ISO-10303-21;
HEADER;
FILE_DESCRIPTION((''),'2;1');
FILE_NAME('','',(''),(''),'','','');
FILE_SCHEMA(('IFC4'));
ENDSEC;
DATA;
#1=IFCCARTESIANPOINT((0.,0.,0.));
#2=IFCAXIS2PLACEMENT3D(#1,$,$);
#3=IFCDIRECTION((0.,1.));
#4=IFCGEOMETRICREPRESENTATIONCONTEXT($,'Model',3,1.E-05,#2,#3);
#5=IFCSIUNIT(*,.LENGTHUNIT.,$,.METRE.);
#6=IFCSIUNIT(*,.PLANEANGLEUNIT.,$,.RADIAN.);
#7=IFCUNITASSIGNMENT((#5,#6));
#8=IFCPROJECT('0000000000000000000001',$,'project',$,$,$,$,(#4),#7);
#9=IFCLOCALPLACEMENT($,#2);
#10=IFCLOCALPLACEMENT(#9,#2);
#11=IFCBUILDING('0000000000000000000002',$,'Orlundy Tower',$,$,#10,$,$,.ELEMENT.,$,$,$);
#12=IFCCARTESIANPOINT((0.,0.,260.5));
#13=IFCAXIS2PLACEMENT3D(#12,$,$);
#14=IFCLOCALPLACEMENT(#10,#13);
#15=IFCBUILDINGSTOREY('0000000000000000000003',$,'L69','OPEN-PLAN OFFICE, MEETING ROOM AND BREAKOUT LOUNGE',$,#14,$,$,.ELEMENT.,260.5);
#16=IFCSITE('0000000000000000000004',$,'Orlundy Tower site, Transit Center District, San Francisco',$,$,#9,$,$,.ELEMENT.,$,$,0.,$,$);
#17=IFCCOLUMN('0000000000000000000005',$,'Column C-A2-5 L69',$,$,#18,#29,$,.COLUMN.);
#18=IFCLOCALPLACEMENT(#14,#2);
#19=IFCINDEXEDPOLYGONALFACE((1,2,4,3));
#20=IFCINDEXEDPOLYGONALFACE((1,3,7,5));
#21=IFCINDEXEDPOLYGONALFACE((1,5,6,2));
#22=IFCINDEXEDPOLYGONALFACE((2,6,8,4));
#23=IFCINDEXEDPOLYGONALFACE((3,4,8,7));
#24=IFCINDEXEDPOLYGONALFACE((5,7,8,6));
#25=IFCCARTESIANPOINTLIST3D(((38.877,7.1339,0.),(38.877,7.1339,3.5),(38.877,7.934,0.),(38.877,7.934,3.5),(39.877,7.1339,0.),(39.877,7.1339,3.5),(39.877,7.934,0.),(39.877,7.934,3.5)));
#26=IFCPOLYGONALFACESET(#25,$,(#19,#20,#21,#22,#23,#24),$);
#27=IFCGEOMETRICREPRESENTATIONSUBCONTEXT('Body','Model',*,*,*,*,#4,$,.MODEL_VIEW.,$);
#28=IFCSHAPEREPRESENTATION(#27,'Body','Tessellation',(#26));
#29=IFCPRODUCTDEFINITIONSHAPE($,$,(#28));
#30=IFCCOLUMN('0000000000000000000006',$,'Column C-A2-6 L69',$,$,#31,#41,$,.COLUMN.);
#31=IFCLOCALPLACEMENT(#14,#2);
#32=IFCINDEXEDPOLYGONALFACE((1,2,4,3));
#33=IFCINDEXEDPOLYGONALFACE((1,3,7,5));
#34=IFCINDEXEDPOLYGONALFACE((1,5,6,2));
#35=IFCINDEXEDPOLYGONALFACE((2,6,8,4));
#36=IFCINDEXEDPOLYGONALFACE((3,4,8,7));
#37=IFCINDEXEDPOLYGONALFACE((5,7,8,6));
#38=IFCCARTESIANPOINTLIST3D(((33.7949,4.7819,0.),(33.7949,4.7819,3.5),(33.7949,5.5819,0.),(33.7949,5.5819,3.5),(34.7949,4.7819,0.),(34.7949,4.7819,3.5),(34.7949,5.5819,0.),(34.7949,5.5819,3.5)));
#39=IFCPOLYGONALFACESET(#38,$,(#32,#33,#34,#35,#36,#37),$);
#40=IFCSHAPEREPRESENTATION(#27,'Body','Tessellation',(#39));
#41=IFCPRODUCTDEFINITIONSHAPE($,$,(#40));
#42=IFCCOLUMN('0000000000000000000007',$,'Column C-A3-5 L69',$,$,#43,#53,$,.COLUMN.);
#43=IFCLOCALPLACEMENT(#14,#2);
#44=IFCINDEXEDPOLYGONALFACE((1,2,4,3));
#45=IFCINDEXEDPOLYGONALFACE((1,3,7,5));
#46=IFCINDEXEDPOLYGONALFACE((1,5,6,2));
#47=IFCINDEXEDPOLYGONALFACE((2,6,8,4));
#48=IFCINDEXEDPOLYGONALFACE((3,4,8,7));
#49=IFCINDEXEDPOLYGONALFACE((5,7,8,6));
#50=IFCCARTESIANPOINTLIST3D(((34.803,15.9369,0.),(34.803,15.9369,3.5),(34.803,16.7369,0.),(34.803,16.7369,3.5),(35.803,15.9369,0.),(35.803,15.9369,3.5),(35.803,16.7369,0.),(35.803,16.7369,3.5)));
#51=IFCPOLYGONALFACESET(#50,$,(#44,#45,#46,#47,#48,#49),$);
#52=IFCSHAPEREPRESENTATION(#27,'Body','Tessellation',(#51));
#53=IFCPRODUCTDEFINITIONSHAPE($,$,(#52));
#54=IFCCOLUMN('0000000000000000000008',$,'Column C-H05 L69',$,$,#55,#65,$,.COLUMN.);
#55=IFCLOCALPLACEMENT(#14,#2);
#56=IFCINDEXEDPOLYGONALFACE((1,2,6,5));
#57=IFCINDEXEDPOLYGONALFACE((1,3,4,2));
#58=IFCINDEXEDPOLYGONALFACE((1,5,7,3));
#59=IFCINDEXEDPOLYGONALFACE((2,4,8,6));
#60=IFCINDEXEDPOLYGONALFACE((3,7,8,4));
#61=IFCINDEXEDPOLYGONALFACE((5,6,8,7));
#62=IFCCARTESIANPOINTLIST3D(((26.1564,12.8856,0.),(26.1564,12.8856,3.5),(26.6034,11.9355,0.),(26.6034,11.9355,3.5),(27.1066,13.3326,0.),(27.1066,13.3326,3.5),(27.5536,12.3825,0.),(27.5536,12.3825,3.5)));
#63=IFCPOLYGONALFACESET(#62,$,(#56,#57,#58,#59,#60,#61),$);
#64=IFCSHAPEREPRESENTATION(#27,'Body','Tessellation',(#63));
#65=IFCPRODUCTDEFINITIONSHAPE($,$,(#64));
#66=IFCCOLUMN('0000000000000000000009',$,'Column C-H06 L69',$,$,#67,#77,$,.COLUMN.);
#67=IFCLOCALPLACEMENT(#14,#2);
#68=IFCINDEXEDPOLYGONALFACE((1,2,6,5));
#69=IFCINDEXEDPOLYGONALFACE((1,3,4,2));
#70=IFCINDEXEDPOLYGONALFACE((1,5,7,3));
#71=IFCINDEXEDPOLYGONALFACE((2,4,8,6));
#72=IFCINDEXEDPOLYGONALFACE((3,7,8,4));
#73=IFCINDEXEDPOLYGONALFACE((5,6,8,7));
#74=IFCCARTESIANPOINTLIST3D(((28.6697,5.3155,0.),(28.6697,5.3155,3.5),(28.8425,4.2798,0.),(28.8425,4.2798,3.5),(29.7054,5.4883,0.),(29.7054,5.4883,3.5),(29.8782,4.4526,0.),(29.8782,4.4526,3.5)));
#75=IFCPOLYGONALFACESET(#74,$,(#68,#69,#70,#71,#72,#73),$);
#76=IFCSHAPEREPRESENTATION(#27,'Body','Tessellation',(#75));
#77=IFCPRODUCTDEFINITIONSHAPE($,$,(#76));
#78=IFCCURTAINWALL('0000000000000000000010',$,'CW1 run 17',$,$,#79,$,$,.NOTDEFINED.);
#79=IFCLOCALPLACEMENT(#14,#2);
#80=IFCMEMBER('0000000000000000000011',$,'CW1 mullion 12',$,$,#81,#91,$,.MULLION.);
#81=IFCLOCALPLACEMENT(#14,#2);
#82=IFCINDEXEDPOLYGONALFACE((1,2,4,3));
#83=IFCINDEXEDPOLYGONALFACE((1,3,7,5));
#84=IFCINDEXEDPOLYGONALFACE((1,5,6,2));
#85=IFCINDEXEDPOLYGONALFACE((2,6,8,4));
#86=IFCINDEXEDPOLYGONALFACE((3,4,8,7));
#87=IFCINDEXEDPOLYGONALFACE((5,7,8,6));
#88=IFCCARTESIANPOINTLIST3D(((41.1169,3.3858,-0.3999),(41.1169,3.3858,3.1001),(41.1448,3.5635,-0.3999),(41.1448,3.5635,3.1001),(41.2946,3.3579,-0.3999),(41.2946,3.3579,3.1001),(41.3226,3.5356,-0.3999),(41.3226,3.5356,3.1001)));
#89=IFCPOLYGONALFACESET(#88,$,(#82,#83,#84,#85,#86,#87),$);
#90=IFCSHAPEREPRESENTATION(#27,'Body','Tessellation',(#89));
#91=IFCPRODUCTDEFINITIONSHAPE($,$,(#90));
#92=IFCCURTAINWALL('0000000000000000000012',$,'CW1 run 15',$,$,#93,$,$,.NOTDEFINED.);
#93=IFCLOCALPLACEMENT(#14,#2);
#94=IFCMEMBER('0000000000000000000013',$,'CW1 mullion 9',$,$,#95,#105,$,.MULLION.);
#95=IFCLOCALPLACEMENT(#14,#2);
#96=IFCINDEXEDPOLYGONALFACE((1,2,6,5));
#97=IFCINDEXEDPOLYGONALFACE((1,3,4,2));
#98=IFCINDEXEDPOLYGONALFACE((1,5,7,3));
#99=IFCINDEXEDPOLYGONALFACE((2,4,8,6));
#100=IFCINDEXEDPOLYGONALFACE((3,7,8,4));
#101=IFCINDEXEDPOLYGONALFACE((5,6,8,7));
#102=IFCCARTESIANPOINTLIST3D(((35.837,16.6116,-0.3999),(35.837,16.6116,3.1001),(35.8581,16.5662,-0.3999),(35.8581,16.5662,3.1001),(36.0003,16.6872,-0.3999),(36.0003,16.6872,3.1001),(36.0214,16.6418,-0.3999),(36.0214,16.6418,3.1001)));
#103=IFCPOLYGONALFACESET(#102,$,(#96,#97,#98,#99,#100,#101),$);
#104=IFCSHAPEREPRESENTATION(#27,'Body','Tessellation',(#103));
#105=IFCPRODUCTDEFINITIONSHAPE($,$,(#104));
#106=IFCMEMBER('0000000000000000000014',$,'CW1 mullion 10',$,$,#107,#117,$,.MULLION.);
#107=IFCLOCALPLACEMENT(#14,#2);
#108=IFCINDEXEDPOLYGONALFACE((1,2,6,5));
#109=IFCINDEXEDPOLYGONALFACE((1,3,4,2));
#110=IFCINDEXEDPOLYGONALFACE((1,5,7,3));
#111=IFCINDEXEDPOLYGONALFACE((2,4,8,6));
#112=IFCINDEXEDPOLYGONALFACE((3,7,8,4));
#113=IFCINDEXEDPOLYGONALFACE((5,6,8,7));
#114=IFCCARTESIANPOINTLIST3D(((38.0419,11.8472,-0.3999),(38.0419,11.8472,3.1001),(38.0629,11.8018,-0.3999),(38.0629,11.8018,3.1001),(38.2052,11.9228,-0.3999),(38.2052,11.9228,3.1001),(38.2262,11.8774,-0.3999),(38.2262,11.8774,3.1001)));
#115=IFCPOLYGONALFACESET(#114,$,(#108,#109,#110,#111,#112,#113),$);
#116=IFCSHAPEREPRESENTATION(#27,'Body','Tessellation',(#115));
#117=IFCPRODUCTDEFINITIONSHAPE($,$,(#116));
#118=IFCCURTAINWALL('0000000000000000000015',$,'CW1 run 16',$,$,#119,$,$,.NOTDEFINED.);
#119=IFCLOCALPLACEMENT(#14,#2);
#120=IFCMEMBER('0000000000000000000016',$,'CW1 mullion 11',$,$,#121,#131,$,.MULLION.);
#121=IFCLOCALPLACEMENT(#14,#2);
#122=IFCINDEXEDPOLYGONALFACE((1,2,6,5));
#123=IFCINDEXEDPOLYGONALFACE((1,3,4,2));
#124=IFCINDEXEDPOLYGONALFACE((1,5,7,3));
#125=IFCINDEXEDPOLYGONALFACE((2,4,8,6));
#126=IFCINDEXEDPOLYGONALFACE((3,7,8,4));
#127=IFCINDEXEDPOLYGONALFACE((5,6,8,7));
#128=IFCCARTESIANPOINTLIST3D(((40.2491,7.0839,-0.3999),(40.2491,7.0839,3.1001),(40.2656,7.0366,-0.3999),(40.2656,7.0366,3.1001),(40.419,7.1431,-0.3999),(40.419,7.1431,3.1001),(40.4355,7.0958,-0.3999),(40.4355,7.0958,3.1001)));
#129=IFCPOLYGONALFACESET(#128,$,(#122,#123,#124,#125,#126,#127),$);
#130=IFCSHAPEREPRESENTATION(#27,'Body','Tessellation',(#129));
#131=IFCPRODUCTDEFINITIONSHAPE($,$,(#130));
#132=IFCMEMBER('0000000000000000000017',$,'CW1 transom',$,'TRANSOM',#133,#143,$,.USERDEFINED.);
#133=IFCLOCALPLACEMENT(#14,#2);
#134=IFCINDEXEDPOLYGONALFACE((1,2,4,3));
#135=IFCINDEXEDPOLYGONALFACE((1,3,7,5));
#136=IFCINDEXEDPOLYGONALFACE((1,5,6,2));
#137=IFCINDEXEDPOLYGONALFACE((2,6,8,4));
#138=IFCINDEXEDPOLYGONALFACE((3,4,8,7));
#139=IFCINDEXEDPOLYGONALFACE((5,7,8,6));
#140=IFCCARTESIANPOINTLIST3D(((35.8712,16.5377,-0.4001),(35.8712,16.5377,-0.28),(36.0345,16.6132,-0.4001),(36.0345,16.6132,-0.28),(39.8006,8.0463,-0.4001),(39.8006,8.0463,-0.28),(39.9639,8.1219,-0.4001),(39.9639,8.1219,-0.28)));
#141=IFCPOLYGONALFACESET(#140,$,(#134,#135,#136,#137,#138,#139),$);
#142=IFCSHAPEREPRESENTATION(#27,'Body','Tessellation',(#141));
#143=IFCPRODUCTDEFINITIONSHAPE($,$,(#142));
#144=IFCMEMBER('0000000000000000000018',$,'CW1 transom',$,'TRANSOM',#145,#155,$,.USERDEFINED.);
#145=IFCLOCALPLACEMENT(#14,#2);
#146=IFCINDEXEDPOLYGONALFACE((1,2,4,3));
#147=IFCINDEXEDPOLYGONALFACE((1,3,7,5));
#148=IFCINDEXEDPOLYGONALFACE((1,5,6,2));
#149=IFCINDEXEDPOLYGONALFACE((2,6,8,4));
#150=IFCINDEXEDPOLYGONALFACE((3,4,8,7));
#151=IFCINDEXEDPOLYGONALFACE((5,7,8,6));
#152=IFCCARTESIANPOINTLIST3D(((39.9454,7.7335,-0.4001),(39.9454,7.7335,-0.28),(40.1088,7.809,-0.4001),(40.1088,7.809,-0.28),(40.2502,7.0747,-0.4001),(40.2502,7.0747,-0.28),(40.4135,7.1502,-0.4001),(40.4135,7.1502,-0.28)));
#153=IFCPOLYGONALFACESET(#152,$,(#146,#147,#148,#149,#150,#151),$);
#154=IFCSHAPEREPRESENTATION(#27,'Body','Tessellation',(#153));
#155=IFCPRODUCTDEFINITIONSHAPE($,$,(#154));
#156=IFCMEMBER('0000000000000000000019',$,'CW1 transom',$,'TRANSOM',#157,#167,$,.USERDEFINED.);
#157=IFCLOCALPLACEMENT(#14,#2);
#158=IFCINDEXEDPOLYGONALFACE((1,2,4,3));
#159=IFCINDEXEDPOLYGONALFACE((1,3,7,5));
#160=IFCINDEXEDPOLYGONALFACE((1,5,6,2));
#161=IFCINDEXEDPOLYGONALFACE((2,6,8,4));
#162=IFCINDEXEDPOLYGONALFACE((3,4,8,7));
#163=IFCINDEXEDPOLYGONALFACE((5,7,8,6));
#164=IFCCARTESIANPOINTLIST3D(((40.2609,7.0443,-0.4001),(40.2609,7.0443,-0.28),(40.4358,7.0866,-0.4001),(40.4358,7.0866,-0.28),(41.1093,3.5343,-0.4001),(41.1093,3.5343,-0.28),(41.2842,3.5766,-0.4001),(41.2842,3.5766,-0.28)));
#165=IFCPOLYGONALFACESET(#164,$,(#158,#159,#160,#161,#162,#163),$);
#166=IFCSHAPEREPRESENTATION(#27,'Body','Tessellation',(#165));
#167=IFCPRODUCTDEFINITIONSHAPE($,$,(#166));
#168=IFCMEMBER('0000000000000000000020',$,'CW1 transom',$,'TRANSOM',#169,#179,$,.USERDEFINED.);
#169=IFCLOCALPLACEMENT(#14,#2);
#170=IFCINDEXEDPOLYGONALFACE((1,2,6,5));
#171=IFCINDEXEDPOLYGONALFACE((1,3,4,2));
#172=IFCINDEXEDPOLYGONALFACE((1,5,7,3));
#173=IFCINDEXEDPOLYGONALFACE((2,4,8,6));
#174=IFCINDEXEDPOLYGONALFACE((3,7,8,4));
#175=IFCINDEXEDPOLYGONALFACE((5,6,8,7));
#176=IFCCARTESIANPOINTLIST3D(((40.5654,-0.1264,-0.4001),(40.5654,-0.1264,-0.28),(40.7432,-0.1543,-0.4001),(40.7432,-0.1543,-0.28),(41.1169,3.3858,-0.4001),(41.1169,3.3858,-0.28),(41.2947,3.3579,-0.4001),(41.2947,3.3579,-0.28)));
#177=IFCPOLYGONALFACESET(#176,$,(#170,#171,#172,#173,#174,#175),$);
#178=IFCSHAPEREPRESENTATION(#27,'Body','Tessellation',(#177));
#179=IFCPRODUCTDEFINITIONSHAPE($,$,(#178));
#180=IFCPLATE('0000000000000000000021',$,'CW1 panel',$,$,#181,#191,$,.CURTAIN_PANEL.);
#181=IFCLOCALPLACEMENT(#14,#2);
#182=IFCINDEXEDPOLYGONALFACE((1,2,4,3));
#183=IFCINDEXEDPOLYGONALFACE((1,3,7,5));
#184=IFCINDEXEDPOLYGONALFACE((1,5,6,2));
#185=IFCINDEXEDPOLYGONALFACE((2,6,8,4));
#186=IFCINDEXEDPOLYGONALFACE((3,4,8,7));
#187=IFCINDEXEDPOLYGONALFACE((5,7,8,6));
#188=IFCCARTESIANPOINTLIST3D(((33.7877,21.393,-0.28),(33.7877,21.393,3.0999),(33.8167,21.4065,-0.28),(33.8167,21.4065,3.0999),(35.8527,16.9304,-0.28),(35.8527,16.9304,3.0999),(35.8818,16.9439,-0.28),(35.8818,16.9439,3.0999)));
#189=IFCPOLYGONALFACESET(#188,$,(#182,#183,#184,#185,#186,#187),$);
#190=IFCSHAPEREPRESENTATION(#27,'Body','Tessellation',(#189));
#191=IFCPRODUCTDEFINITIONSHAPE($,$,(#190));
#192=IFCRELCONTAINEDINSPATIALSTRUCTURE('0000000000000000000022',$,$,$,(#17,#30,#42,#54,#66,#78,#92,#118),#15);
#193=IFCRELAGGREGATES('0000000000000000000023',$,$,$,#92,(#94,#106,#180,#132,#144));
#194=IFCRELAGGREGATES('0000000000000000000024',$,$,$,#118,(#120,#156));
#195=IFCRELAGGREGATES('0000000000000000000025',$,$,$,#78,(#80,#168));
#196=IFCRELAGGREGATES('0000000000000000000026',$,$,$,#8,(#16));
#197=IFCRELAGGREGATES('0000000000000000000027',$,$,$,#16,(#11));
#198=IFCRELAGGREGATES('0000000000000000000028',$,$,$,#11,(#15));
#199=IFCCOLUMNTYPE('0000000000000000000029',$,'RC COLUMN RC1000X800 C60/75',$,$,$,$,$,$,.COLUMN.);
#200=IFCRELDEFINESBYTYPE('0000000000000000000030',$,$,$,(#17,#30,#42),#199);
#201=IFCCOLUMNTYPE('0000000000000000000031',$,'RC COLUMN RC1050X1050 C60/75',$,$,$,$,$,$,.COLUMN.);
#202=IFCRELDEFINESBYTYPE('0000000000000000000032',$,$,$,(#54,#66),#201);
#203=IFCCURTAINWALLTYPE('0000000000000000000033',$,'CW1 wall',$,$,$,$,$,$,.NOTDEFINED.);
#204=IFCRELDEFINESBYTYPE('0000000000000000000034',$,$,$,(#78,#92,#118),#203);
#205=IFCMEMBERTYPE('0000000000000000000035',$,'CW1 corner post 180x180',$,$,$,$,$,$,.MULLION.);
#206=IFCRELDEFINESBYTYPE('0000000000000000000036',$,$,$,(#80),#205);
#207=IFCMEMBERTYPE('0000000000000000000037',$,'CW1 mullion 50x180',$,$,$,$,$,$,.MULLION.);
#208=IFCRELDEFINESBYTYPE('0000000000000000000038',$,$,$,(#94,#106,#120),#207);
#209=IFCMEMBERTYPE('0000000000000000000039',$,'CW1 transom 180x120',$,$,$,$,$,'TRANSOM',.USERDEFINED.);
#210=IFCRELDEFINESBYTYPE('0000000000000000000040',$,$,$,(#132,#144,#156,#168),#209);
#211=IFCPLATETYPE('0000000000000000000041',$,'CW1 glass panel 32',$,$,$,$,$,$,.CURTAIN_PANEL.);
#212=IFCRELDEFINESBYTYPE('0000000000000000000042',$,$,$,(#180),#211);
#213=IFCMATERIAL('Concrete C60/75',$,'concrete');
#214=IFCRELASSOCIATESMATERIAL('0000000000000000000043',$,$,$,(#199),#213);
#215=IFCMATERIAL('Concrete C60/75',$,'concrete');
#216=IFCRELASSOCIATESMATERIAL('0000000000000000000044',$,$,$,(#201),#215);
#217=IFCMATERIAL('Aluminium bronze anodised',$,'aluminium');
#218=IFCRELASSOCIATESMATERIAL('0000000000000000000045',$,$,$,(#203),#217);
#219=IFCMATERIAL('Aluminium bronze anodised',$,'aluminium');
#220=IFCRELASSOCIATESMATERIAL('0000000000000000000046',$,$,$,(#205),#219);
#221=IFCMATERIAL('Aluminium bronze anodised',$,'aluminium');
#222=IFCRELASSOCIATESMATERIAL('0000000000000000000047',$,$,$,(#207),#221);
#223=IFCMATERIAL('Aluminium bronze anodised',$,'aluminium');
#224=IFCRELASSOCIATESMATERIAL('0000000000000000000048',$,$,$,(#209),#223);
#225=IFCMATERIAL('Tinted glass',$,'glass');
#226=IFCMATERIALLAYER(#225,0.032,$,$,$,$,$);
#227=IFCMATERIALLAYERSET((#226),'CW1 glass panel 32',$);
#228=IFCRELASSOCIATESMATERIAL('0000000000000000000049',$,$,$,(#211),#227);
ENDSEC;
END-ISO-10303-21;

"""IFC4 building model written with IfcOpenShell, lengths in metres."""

from ifc_helpers import new_model, si_unit, direction, frame, origin, origin_2d, place, context, subcontext, project, spatial, rectangle, extrude, material, layer, layer_set, material_profile, profile_set, type_object, element, aggregate, save


model = new_model("IFC4")

# Units and contexts
model_context = context("Model", 3, precision=1e-05, world=origin(), true_north=direction((0.0, 1.0)))
body_context = subcontext(model_context, "Body", "Model", "MODEL_VIEW")
ifc_project = project(units=[si_unit("LENGTHUNIT", "METRE"), si_unit("PLANEANGLEUNIT", "RADIAN")], contexts=[model_context])

# Site, building, storey
site_placement = place(None, origin())
site = spatial("IfcSite", under=ifc_project, at=site_placement, Name="Orlundy Tower site, Transit Center District, San Francisco", CompositionType="ELEMENT", RefElevation=0.0)
building_placement = place(site_placement, origin())
building = spatial("IfcBuilding", under=site, at=building_placement, Name="Orlundy Tower", CompositionType="ELEMENT")
storey_placement = place(building_placement, frame((0.0, 0.0, 260.5)))
storey = spatial("IfcBuildingStorey", under=building, at=storey_placement, Name="L69", Description="OPEN-PLAN OFFICE, MEETING ROOM AND BREAKOUT LOUNGE", CompositionType="ELEMENT", Elevation=260.5)

# Columns
ifc_material_1 = material(Name="Concrete C60/75", Category="concrete")
ifc_material_profile_1 = material_profile(ifc_material_1, rectangle(XDim=1.0, YDim=0.8, at=origin_2d()), Name="RC1000X800")
ifc_profile_set_1 = profile_set([ifc_material_profile_1], Name="Concrete C60/75")
column_type_1 = type_object("IfcColumnType", Name="RC COLUMN RC1000X800 C60/75", PredefinedType="COLUMN", material=ifc_profile_set_1)
for number, where, z_axis, x_axis, name in (
    (1, (39.377, 7.5339, 0.0), (0.0, 0.0, 1.0), (1.0, 0.0, 0.0), "Column C-A2-5 L69"),
    (2, (34.2949, 5.1819, 0.0), (0.0, 0.0, 1.0), (1.0, 0.0, 0.0), "Column C-A2-6 L69"),
    (3, (35.303, 16.3369, 0.0), (0.0, 0.0, 1.0), (1.0, 0.0, 0.0), "Column C-A3-5 L69"),
):
    element("IfcColumn", number, at=place(storey_placement, frame(where, z_axis=z_axis, x_axis=x_axis)), inside=storey, type_object=column_type_1, Name=name, PredefinedType="COLUMN", context=body_context, shape_type="SweptSolid", body=[
        extrude(rectangle(XDim=1.0, YDim=0.8, at=origin_2d()), origin(), (0.0, 0.0, 1.0), 3.5),
    ])
ifc_material_2 = material(Name="Concrete C60/75", Category="concrete")
ifc_material_profile_2 = material_profile(ifc_material_2, rectangle(XDim=1.05, YDim=1.05, at=origin_2d()), Name="RC1050X1050")
ifc_profile_set_2 = profile_set([ifc_material_profile_2], Name="Concrete C60/75")
column_type_2 = type_object("IfcColumnType", Name="RC COLUMN RC1050X1050 C60/75", PredefinedType="COLUMN", material=ifc_profile_set_2)
for number, where, z_axis, x_axis, name in (
    (4, (26.855, 12.634, 0.0), (0.0, 0.0, 1.0), (0.904864, 0.4257, 0.0), "Column C-H05 L69"),
    (5, (29.2739, 4.884, 0.0), (0.0, 0.0, 1.0), (0.986366, 0.164566, 0.0), "Column C-H06 L69"),
):
    element("IfcColumn", number, at=place(storey_placement, frame(where, z_axis=z_axis, x_axis=x_axis)), inside=storey, type_object=column_type_2, Name=name, PredefinedType="COLUMN", context=body_context, shape_type="SweptSolid", body=[
        extrude(rectangle(XDim=1.05, YDim=1.05, at=origin_2d()), origin(), (0.0, 0.0, 1.0), 3.5),
    ])

# Curtain wall, member
ifc_material_3 = material(Name="Aluminium bronze anodised", Category="aluminium")
curtain_wall_type = type_object("IfcCurtainWallType", Name="CW1 wall", PredefinedType="NOTDEFINED", material=ifc_material_3)
curtain_wall_1_placement = place(storey_placement, origin())
curtain_wall_1 = element("IfcCurtainWall", 6, at=curtain_wall_1_placement, inside=storey, type_object=curtain_wall_type, Name="CW1 run 17", PredefinedType="NOTDEFINED")
ifc_material_4 = material(Name="Aluminium bronze anodised", Category="aluminium")
ifc_material_profile_3 = material_profile(ifc_material_4, rectangle(XDim=0.1799, YDim=0.1799, at=origin_2d()), Name="CW1 corner post 180x180")
ifc_profile_set_3 = profile_set([ifc_material_profile_3], Name="Aluminium bronze anodised")
member_type_1 = type_object("IfcMemberType", Name="CW1 corner post 180x180", PredefinedType="MULLION", material=ifc_profile_set_3)
member_1_placement = place(storey_placement, frame((41.2197, 3.4607, -0.3999), z_axis=(0.0, 0.0, 1.0), x_axis=(0.987896, -0.155117, 0.0)))
member_1 = element("IfcMember", 7, at=member_1_placement, type_object=member_type_1, Name="CW1 mullion 12", PredefinedType="MULLION", context=body_context, shape_type="SweptSolid", body=[
    extrude(rectangle(XDim=0.1799, YDim=0.1799, at=origin_2d()), origin(), (0.0, 0.0, 1.0), 3.5),
])

# Curtain wall, members
curtain_wall_2_placement = place(storey_placement, origin())
curtain_wall_2 = element("IfcCurtainWall", 8, at=curtain_wall_2_placement, inside=storey, type_object=curtain_wall_type, Name="CW1 run 15", PredefinedType="NOTDEFINED")
ifc_material_5 = material(Name="Aluminium bronze anodised", Category="aluminium")
ifc_material_profile_4 = material_profile(ifc_material_5, rectangle(XDim=0.1799, YDim=0.05, at=origin_2d()), Name="CW1 mullion 50x180")
ifc_profile_set_4 = profile_set([ifc_material_profile_4], Name="Aluminium bronze anodised")
member_type_2 = type_object("IfcMemberType", Name="CW1 mullion 50x180", PredefinedType="MULLION", material=ifc_profile_set_4)
member_2_placement = place(storey_placement, frame((35.9292, 16.6267, -0.3999), z_axis=(0.0, 0.0, 1.0), x_axis=(0.907542, 0.419961, 0.0)))
member_2 = element("IfcMember", 9, at=member_2_placement, type_object=member_type_2, Name="CW1 mullion 9", PredefinedType="MULLION", context=body_context, shape_type="SweptSolid", body=[
    extrude(rectangle(XDim=0.1799, YDim=0.05, at=origin_2d()), origin(), (0.0, 0.0, 1.0), 3.5),
])
member_3_placement = place(storey_placement, frame((38.134, 11.8623, -0.3999), z_axis=(0.0, 0.0, 1.0), x_axis=(0.907542, 0.419961, 0.0)))
member_3 = element("IfcMember", 10, at=member_3_placement, type_object=member_type_2, Name="CW1 mullion 10", PredefinedType="MULLION", context=body_context, shape_type="SweptSolid", body=[
    extrude(rectangle(XDim=0.1799, YDim=0.05, at=origin_2d()), origin(), (0.0, 0.0, 1.0), 3.5),
])

# Curtain wall, member
curtain_wall_3_placement = place(storey_placement, origin())
curtain_wall_3 = element("IfcCurtainWall", 11, at=curtain_wall_3_placement, inside=storey, type_object=curtain_wall_type, Name="CW1 run 16", PredefinedType="NOTDEFINED")
member_4_placement = place(storey_placement, frame((40.3423, 7.0898, -0.3999), z_axis=(0.0, 0.0, 1.0), x_axis=(0.944313, 0.32905, 0.0)))
member_4 = element("IfcMember", 12, at=member_4_placement, type_object=member_type_2, Name="CW1 mullion 11", PredefinedType="MULLION", context=body_context, shape_type="SweptSolid", body=[
    extrude(rectangle(XDim=0.1799, YDim=0.05, at=origin_2d()), origin(), (0.0, 0.0, 1.0), 3.5),
])

# Members
ifc_material_6 = material(Name="Aluminium bronze anodised", Category="aluminium")
ifc_material_profile_5 = material_profile(ifc_material_6, rectangle(XDim=0.1799, YDim=0.1201, at=origin_2d()), Name="CW1 transom 180x120")
ifc_profile_set_5 = profile_set([ifc_material_profile_5], Name="Aluminium bronze anodised")
member_type_3 = type_object("IfcMemberType", Name="CW1 transom 180x120", ElementType="TRANSOM", PredefinedType="USERDEFINED", material=ifc_profile_set_5)
member_5_placement = place(storey_placement, frame((35.9529, 16.5754, -0.3401), z_axis=(0.419966, -0.90754, 0.0), x_axis=(0.90754, 0.419966, 0.0)))
member_5 = element("IfcMember", 13, at=member_5_placement, type_object=member_type_3, Name="CW1 transom", ObjectType="TRANSOM", PredefinedType="USERDEFINED", context=body_context, shape_type="SweptSolid", body=[
    extrude(rectangle(XDim=0.1799, YDim=0.1201, at=origin_2d()), origin(), (0.0, 0.0, 1.0), 9.3564),
])
member_6_placement = place(storey_placement, frame((40.0271, 7.7712, -0.3401), z_axis=(0.419826, -0.907605, 0.0), x_axis=(0.907605, 0.419826, 0.0)))
member_6 = element("IfcMember", 14, at=member_6_placement, type_object=member_type_3, Name="CW1 transom", ObjectType="TRANSOM", PredefinedType="USERDEFINED", context=body_context, shape_type="SweptSolid", body=[
    extrude(rectangle(XDim=0.1799, YDim=0.1201, at=origin_2d()), origin(), (0.0, 0.0, 1.0), 0.7258),
])
member_7_placement = place(storey_placement, frame((40.3484, 7.0654, -0.3401), z_axis=(0.23494, -0.97201, 0.0), x_axis=(0.97201, 0.23494, 0.0)))
member_7 = element("IfcMember", 15, at=member_7_placement, type_object=member_type_3, Name="CW1 transom", ObjectType="TRANSOM", PredefinedType="USERDEFINED", context=body_context, shape_type="SweptSolid", body=[
    extrude(rectangle(XDim=0.1799, YDim=0.1201, at=origin_2d()), origin(), (0.0, 0.0, 1.0), 3.6111),
])
member_8_placement = place(storey_placement, frame((41.2058, 3.3718, -0.3401), z_axis=(-0.155127, -0.987895, 0.0), x_axis=(0.987895, -0.155127, 0.0)))
member_8 = element("IfcMember", 16, at=member_8_placement, type_object=member_type_3, Name="CW1 transom", ObjectType="TRANSOM", PredefinedType="USERDEFINED", context=body_context, shape_type="SweptSolid", body=[
    extrude(rectangle(XDim=0.1799, YDim=0.1201, at=origin_2d()), origin(), (0.0, 0.0, 1.0), 3.5552),
])

# Plate
ifc_material_7 = material(Name="Tinted glass", Category="glass")
ifc_layer_1 = layer(ifc_material_7, 0.032)
ifc_layer_set_1 = layer_set([ifc_layer_1], Name="CW1 glass panel 32")
plate_type = type_object("IfcPlateType", Name="CW1 glass panel 32", PredefinedType="CURTAIN_PANEL", material=ifc_layer_set_1)
plate_1_placement = place(storey_placement, frame((34.8347, 19.1685, -0.28), z_axis=(0.0, 0.0, 1.0), x_axis=(0.419961, -0.907542, 0.0)))
plate_1 = element("IfcPlate", 17, at=plate_1_placement, type_object=plate_type, Name="CW1 panel", PredefinedType="CURTAIN_PANEL", context=body_context, shape_type="SweptSolid", body=[
    extrude(rectangle(XDim=4.9172, YDim=0.032, at=origin_2d()), origin(), (0.0, 0.0, 1.0), 3.3799),
])
aggregate(curtain_wall_2, [member_2, member_3, plate_1, member_5, member_6])
aggregate(curtain_wall_3, [member_4, member_7])
aggregate(curtain_wall_1, [member_1, member_8])

save(model, "model.ifc")
